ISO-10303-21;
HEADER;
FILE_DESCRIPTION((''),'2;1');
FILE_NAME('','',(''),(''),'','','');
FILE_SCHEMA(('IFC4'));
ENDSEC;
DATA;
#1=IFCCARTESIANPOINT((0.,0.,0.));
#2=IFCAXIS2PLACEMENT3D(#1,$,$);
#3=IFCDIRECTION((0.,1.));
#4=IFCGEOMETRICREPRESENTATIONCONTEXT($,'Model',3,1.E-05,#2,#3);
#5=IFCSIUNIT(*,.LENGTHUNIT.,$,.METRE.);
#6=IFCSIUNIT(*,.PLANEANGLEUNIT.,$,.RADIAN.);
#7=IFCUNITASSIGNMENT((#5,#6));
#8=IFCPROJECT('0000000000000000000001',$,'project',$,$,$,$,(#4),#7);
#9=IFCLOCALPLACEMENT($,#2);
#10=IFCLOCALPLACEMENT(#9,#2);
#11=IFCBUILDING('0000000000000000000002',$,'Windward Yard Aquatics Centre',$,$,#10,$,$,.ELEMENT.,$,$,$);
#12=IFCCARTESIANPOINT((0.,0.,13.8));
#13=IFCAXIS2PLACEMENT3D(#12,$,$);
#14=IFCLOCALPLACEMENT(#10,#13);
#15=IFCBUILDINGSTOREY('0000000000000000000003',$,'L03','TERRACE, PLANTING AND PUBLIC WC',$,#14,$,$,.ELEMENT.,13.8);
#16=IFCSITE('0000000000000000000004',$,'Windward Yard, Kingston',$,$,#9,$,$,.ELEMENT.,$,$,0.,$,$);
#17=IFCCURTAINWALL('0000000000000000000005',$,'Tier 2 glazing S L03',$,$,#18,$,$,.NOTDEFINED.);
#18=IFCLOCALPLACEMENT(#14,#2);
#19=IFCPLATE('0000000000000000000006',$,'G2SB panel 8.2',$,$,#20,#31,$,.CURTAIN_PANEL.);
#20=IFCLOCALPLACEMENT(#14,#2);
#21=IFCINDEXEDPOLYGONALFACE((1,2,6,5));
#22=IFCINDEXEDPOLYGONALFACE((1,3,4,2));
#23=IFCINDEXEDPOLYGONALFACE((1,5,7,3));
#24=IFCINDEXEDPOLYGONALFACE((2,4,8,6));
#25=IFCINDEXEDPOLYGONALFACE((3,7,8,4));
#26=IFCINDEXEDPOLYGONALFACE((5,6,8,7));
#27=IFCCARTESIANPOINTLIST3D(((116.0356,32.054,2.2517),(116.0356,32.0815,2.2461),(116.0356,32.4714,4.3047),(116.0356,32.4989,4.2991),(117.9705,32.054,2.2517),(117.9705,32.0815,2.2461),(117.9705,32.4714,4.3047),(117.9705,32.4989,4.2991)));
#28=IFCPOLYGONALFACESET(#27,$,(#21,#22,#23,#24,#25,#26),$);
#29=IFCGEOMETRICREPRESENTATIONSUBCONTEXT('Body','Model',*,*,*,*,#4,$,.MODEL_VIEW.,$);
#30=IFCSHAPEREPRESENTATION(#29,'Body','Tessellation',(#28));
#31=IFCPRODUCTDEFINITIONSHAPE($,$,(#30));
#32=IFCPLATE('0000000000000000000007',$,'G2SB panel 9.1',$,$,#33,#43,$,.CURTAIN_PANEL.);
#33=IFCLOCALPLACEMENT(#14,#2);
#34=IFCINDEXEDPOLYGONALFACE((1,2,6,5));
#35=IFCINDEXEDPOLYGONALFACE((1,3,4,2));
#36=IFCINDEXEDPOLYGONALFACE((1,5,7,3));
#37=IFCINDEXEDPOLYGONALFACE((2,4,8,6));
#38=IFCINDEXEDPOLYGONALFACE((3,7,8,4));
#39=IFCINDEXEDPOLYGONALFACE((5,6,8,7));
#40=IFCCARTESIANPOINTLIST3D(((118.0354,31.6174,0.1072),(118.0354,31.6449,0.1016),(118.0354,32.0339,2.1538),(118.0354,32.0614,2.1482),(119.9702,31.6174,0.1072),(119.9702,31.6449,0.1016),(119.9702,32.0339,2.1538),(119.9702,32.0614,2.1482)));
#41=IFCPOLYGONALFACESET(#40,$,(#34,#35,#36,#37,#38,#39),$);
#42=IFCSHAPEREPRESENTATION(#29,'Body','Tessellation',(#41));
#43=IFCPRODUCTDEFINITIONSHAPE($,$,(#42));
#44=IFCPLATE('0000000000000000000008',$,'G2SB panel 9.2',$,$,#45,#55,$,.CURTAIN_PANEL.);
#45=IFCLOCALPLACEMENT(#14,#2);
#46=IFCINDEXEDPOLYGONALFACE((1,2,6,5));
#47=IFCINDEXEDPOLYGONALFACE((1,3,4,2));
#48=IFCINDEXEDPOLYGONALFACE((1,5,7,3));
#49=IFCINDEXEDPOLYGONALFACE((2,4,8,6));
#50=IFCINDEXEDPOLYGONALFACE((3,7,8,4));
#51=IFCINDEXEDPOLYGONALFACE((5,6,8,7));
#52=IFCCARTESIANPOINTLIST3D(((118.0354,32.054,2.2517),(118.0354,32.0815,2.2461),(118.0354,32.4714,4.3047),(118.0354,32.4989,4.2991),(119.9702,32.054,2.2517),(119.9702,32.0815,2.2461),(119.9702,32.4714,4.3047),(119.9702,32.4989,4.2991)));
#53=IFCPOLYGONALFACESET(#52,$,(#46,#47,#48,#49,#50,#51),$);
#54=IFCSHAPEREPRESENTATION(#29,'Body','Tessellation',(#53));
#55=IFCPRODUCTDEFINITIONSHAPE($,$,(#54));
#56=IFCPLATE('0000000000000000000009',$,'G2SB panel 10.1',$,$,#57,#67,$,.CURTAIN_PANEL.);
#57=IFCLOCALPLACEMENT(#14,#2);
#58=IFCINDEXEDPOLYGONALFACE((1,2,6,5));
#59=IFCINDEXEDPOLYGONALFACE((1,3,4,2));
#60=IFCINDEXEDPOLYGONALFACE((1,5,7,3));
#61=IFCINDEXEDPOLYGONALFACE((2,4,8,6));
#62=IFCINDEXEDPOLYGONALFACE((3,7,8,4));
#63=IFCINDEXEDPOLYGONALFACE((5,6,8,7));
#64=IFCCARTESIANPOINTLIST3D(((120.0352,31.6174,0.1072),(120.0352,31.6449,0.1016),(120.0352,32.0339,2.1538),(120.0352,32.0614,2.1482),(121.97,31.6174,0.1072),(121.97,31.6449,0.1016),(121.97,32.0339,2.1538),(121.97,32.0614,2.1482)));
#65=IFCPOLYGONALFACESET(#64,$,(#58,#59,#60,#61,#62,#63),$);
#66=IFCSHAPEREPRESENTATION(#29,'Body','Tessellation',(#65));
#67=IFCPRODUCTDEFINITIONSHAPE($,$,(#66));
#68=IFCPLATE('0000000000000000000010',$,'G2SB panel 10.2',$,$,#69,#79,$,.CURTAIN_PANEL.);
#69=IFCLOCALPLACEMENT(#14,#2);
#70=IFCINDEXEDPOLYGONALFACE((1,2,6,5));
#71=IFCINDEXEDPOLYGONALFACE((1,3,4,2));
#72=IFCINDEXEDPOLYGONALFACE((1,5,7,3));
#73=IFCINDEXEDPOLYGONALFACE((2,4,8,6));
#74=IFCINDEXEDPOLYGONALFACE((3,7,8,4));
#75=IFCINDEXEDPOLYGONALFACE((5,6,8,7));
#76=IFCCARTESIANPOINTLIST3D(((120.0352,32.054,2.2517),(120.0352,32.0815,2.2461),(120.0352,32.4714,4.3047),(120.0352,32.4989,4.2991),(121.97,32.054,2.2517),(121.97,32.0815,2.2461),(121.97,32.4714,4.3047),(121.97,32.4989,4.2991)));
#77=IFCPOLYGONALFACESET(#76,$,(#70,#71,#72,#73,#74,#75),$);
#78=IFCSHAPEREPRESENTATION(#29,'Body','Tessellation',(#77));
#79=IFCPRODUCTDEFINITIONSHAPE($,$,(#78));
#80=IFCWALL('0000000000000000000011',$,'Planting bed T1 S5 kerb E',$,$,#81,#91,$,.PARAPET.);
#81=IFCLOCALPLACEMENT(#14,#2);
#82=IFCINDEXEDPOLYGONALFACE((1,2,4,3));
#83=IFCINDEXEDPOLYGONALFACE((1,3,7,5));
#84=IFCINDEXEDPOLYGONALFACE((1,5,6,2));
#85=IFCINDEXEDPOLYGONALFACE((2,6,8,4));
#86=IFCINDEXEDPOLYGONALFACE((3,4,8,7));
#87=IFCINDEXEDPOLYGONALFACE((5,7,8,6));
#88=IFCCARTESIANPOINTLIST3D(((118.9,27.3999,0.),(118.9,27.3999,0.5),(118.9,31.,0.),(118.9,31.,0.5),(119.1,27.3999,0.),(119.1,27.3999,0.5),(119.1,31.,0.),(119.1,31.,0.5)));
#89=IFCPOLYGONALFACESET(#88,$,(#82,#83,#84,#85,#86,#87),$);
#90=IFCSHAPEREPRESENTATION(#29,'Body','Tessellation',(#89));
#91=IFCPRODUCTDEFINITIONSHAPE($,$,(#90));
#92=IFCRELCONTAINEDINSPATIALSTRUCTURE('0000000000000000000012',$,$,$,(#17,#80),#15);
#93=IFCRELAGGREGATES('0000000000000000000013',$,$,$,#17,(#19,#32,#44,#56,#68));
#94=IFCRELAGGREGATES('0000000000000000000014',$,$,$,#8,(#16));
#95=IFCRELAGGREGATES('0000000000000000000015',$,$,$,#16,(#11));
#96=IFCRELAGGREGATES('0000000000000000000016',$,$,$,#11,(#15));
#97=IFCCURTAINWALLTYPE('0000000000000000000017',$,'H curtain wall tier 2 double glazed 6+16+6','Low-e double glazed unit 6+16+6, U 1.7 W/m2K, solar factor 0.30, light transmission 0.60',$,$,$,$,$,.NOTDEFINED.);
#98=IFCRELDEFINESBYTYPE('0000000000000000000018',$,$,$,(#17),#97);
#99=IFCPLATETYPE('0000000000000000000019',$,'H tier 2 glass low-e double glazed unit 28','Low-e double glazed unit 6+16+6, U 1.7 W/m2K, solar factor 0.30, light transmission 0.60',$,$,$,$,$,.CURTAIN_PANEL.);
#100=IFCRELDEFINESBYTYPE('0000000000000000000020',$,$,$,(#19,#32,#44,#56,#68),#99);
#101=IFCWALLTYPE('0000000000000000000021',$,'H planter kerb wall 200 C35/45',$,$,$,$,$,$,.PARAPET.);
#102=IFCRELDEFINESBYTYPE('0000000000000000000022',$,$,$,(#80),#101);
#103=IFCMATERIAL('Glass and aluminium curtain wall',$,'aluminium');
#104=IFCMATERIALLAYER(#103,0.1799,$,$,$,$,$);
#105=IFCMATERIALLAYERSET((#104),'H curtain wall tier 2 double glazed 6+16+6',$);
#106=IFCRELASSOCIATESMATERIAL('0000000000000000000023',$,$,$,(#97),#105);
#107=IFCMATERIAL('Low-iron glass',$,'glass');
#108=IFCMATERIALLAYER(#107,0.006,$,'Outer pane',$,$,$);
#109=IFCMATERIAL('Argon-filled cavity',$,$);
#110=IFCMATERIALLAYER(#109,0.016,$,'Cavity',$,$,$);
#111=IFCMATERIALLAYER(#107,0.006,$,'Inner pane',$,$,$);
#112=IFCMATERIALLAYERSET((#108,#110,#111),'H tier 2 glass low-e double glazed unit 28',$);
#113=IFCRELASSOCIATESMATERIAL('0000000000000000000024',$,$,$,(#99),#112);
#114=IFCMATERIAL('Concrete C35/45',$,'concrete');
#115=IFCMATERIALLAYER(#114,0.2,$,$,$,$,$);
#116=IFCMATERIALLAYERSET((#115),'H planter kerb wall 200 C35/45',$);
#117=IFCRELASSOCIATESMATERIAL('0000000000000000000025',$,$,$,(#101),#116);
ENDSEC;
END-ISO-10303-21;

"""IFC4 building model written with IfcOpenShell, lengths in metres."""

from ifc_helpers import new_model, si_unit, direction, frame, frame_2d, origin, place, context, subcontext, project, spatial, polyline, rectangle, outline, extrude, material, layer, layer_set, type_object, element, aggregate, save


model = new_model("IFC4")

# Units and contexts
model_context = context("Model", 3, precision=1e-05, world=origin(), true_north=direction((0.0, 1.0)))
body_context = subcontext(model_context, "Body", "Model", "MODEL_VIEW")
ifc_project = project(units=[si_unit("LENGTHUNIT", "METRE"), si_unit("PLANEANGLEUNIT", "RADIAN")], contexts=[model_context])

# Site, building, storey
site_placement = place(None, origin())
site = spatial("IfcSite", under=ifc_project, at=site_placement, Name="Windward Yard, Kingston", CompositionType="ELEMENT", RefElevation=0.0)
building_placement = place(site_placement, origin())
building = spatial("IfcBuilding", under=site, at=building_placement, Name="Windward Yard Aquatics Centre", CompositionType="ELEMENT")
storey_placement = place(building_placement, frame((0.0, 0.0, 13.8)))
storey = spatial("IfcBuildingStorey", under=building, at=storey_placement, Name="L03", Description="TERRACE, PLANTING AND PUBLIC WC", CompositionType="ELEMENT", Elevation=13.8)

# Curtain wall
ifc_material_1 = material(Name="Glass and aluminium curtain wall", Category="aluminium")
ifc_layer_1 = layer(ifc_material_1, 0.1799)
ifc_layer_set_1 = layer_set([ifc_layer_1], Name="H curtain wall tier 2 double glazed 6+16+6")
curtain_wall_type = type_object("IfcCurtainWallType", Name="H curtain wall tier 2 double glazed 6+16+6", Description="Low-e double glazed unit 6+16+6, U 1.7 W/m2K, solar factor 0.30, light transmission 0.60", PredefinedType="NOTDEFINED", material=ifc_layer_set_1)
curtain_wall_placement = place(storey_placement, origin())
curtain_wall = element("IfcCurtainWall", 1, at=curtain_wall_placement, inside=storey, type_object=curtain_wall_type, Name="Tier 2 glazing S L03", PredefinedType="NOTDEFINED")

# Plates
ifc_material_2 = material(Name="Low-iron glass", Category="glass")
ifc_layer_2 = layer(ifc_material_2, 0.006, Name="Outer pane")
ifc_material_3 = material(Name="Argon-filled cavity")
ifc_layer_3 = layer(ifc_material_3, 0.016, Name="Cavity")
ifc_layer_4 = layer(ifc_material_2, 0.006, Name="Inner pane")
ifc_layer_set_2 = layer_set([ifc_layer_2, ifc_layer_3, ifc_layer_4], Name="H tier 2 glass low-e double glazed unit 28")
plate_type = type_object("IfcPlateType", Name="H tier 2 glass low-e double glazed unit 28", Description="Low-e double glazed unit 6+16+6, U 1.7 W/m2K, solar factor 0.30, light transmission 0.60", PredefinedType="CURTAIN_PANEL", material=ifc_layer_set_2)
plate_1_placement = place(storey_placement, frame((116.0356, 32.054, 2.2517), z_axis=(0.0, -0.979944, 0.199275), x_axis=(1.0, 0.0, 0.0)))
plate_1 = element("IfcPlate", 2, at=plate_1_placement, type_object=plate_type, Name="G2SB panel 8.2", PredefinedType="CURTAIN_PANEL", context=body_context, shape_type="SweptSolid", body=[
    extrude(outline(polyline([(0.0, 0.0), (1.9348, 0.0), (1.9348, 2.095), (0.0, 2.095), (0.0, 0.0)])), origin(), (0.0, 0.0, -1.0), 0.0281),
])
plate_2_placement = place(storey_placement, frame((118.0354, 31.6174, 0.1072), z_axis=(0.0, -0.979914, 0.199419), x_axis=(1.0, 0.0, 0.0)))
plate_2 = element("IfcPlate", 3, at=plate_2_placement, type_object=plate_type, Name="G2SB panel 9.1", PredefinedType="CURTAIN_PANEL", context=body_context, shape_type="SweptSolid", body=[
    extrude(outline(polyline([(0.0, 0.0), (1.9348, 0.0), (1.9348, 2.0886), (0.0, 2.0886), (0.0, 0.0)])), origin(), (0.0, 0.0, -1.0), 0.0281),
])
plate_3_placement = place(storey_placement, frame((118.0354, 32.054, 2.2517), z_axis=(0.0, -0.979944, 0.199275), x_axis=(1.0, 0.0, 0.0)))
plate_3 = element("IfcPlate", 4, at=plate_3_placement, type_object=plate_type, Name="G2SB panel 9.2", PredefinedType="CURTAIN_PANEL", context=body_context, shape_type="SweptSolid", body=[
    extrude(outline(polyline([(0.0, 0.0), (1.9348, 0.0), (1.9348, 2.095), (0.0, 2.095), (0.0, 0.0)])), origin(), (0.0, 0.0, -1.0), 0.0281),
])
plate_4_placement = place(storey_placement, frame((120.0352, 31.6174, 0.1072), z_axis=(0.0, -0.979914, 0.199419), x_axis=(1.0, 0.0, 0.0)))
plate_4 = element("IfcPlate", 5, at=plate_4_placement, type_object=plate_type, Name="G2SB panel 10.1", PredefinedType="CURTAIN_PANEL", context=body_context, shape_type="SweptSolid", body=[
    extrude(outline(polyline([(0.0, 0.0), (1.9348, 0.0), (1.9348, 2.0886), (0.0, 2.0886), (0.0, 0.0)])), origin(), (0.0, 0.0, -1.0), 0.0281),
])
plate_5_placement = place(storey_placement, frame((120.0352, 32.054, 2.2517), z_axis=(0.0, -0.979944, 0.199275), x_axis=(1.0, 0.0, 0.0)))
plate_5 = element("IfcPlate", 6, at=plate_5_placement, type_object=plate_type, Name="G2SB panel 10.2", PredefinedType="CURTAIN_PANEL", context=body_context, shape_type="SweptSolid", body=[
    extrude(outline(polyline([(0.0, 0.0), (1.9348, 0.0), (1.9348, 2.095), (0.0, 2.095), (0.0, 0.0)])), origin(), (0.0, 0.0, -1.0), 0.0281),
])
aggregate(curtain_wall, [plate_1, plate_2, plate_3, plate_4, plate_5])

# Wall
ifc_material_4 = material(Name="Concrete C35/45", Category="concrete")
ifc_layer_5 = layer(ifc_material_4, 0.2)
ifc_layer_set_3 = layer_set([ifc_layer_5], Name="H planter kerb wall 200 C35/45")
wall_type = type_object("IfcWallType", Name="H planter kerb wall 200 C35/45", PredefinedType="PARAPET", material=ifc_layer_set_3)
wall_placement = place(storey_placement, frame((119.0, 27.3999, 0.0), z_axis=(0.0, 0.0, 1.0), x_axis=(0.0, 1.0, 0.0)))
element("IfcWall", 7, at=wall_placement, inside=storey, type_object=wall_type, Name="Planting bed T1 S5 kerb E", PredefinedType="PARAPET", context=body_context, shape_type="SweptSolid", body=[
    extrude(rectangle(XDim=3.6001, YDim=0.2, at=frame_2d((1.8, 0.0))), origin(), (0.0, 0.0, 1.0), 0.5),
])

save(model, "model.ifc")
